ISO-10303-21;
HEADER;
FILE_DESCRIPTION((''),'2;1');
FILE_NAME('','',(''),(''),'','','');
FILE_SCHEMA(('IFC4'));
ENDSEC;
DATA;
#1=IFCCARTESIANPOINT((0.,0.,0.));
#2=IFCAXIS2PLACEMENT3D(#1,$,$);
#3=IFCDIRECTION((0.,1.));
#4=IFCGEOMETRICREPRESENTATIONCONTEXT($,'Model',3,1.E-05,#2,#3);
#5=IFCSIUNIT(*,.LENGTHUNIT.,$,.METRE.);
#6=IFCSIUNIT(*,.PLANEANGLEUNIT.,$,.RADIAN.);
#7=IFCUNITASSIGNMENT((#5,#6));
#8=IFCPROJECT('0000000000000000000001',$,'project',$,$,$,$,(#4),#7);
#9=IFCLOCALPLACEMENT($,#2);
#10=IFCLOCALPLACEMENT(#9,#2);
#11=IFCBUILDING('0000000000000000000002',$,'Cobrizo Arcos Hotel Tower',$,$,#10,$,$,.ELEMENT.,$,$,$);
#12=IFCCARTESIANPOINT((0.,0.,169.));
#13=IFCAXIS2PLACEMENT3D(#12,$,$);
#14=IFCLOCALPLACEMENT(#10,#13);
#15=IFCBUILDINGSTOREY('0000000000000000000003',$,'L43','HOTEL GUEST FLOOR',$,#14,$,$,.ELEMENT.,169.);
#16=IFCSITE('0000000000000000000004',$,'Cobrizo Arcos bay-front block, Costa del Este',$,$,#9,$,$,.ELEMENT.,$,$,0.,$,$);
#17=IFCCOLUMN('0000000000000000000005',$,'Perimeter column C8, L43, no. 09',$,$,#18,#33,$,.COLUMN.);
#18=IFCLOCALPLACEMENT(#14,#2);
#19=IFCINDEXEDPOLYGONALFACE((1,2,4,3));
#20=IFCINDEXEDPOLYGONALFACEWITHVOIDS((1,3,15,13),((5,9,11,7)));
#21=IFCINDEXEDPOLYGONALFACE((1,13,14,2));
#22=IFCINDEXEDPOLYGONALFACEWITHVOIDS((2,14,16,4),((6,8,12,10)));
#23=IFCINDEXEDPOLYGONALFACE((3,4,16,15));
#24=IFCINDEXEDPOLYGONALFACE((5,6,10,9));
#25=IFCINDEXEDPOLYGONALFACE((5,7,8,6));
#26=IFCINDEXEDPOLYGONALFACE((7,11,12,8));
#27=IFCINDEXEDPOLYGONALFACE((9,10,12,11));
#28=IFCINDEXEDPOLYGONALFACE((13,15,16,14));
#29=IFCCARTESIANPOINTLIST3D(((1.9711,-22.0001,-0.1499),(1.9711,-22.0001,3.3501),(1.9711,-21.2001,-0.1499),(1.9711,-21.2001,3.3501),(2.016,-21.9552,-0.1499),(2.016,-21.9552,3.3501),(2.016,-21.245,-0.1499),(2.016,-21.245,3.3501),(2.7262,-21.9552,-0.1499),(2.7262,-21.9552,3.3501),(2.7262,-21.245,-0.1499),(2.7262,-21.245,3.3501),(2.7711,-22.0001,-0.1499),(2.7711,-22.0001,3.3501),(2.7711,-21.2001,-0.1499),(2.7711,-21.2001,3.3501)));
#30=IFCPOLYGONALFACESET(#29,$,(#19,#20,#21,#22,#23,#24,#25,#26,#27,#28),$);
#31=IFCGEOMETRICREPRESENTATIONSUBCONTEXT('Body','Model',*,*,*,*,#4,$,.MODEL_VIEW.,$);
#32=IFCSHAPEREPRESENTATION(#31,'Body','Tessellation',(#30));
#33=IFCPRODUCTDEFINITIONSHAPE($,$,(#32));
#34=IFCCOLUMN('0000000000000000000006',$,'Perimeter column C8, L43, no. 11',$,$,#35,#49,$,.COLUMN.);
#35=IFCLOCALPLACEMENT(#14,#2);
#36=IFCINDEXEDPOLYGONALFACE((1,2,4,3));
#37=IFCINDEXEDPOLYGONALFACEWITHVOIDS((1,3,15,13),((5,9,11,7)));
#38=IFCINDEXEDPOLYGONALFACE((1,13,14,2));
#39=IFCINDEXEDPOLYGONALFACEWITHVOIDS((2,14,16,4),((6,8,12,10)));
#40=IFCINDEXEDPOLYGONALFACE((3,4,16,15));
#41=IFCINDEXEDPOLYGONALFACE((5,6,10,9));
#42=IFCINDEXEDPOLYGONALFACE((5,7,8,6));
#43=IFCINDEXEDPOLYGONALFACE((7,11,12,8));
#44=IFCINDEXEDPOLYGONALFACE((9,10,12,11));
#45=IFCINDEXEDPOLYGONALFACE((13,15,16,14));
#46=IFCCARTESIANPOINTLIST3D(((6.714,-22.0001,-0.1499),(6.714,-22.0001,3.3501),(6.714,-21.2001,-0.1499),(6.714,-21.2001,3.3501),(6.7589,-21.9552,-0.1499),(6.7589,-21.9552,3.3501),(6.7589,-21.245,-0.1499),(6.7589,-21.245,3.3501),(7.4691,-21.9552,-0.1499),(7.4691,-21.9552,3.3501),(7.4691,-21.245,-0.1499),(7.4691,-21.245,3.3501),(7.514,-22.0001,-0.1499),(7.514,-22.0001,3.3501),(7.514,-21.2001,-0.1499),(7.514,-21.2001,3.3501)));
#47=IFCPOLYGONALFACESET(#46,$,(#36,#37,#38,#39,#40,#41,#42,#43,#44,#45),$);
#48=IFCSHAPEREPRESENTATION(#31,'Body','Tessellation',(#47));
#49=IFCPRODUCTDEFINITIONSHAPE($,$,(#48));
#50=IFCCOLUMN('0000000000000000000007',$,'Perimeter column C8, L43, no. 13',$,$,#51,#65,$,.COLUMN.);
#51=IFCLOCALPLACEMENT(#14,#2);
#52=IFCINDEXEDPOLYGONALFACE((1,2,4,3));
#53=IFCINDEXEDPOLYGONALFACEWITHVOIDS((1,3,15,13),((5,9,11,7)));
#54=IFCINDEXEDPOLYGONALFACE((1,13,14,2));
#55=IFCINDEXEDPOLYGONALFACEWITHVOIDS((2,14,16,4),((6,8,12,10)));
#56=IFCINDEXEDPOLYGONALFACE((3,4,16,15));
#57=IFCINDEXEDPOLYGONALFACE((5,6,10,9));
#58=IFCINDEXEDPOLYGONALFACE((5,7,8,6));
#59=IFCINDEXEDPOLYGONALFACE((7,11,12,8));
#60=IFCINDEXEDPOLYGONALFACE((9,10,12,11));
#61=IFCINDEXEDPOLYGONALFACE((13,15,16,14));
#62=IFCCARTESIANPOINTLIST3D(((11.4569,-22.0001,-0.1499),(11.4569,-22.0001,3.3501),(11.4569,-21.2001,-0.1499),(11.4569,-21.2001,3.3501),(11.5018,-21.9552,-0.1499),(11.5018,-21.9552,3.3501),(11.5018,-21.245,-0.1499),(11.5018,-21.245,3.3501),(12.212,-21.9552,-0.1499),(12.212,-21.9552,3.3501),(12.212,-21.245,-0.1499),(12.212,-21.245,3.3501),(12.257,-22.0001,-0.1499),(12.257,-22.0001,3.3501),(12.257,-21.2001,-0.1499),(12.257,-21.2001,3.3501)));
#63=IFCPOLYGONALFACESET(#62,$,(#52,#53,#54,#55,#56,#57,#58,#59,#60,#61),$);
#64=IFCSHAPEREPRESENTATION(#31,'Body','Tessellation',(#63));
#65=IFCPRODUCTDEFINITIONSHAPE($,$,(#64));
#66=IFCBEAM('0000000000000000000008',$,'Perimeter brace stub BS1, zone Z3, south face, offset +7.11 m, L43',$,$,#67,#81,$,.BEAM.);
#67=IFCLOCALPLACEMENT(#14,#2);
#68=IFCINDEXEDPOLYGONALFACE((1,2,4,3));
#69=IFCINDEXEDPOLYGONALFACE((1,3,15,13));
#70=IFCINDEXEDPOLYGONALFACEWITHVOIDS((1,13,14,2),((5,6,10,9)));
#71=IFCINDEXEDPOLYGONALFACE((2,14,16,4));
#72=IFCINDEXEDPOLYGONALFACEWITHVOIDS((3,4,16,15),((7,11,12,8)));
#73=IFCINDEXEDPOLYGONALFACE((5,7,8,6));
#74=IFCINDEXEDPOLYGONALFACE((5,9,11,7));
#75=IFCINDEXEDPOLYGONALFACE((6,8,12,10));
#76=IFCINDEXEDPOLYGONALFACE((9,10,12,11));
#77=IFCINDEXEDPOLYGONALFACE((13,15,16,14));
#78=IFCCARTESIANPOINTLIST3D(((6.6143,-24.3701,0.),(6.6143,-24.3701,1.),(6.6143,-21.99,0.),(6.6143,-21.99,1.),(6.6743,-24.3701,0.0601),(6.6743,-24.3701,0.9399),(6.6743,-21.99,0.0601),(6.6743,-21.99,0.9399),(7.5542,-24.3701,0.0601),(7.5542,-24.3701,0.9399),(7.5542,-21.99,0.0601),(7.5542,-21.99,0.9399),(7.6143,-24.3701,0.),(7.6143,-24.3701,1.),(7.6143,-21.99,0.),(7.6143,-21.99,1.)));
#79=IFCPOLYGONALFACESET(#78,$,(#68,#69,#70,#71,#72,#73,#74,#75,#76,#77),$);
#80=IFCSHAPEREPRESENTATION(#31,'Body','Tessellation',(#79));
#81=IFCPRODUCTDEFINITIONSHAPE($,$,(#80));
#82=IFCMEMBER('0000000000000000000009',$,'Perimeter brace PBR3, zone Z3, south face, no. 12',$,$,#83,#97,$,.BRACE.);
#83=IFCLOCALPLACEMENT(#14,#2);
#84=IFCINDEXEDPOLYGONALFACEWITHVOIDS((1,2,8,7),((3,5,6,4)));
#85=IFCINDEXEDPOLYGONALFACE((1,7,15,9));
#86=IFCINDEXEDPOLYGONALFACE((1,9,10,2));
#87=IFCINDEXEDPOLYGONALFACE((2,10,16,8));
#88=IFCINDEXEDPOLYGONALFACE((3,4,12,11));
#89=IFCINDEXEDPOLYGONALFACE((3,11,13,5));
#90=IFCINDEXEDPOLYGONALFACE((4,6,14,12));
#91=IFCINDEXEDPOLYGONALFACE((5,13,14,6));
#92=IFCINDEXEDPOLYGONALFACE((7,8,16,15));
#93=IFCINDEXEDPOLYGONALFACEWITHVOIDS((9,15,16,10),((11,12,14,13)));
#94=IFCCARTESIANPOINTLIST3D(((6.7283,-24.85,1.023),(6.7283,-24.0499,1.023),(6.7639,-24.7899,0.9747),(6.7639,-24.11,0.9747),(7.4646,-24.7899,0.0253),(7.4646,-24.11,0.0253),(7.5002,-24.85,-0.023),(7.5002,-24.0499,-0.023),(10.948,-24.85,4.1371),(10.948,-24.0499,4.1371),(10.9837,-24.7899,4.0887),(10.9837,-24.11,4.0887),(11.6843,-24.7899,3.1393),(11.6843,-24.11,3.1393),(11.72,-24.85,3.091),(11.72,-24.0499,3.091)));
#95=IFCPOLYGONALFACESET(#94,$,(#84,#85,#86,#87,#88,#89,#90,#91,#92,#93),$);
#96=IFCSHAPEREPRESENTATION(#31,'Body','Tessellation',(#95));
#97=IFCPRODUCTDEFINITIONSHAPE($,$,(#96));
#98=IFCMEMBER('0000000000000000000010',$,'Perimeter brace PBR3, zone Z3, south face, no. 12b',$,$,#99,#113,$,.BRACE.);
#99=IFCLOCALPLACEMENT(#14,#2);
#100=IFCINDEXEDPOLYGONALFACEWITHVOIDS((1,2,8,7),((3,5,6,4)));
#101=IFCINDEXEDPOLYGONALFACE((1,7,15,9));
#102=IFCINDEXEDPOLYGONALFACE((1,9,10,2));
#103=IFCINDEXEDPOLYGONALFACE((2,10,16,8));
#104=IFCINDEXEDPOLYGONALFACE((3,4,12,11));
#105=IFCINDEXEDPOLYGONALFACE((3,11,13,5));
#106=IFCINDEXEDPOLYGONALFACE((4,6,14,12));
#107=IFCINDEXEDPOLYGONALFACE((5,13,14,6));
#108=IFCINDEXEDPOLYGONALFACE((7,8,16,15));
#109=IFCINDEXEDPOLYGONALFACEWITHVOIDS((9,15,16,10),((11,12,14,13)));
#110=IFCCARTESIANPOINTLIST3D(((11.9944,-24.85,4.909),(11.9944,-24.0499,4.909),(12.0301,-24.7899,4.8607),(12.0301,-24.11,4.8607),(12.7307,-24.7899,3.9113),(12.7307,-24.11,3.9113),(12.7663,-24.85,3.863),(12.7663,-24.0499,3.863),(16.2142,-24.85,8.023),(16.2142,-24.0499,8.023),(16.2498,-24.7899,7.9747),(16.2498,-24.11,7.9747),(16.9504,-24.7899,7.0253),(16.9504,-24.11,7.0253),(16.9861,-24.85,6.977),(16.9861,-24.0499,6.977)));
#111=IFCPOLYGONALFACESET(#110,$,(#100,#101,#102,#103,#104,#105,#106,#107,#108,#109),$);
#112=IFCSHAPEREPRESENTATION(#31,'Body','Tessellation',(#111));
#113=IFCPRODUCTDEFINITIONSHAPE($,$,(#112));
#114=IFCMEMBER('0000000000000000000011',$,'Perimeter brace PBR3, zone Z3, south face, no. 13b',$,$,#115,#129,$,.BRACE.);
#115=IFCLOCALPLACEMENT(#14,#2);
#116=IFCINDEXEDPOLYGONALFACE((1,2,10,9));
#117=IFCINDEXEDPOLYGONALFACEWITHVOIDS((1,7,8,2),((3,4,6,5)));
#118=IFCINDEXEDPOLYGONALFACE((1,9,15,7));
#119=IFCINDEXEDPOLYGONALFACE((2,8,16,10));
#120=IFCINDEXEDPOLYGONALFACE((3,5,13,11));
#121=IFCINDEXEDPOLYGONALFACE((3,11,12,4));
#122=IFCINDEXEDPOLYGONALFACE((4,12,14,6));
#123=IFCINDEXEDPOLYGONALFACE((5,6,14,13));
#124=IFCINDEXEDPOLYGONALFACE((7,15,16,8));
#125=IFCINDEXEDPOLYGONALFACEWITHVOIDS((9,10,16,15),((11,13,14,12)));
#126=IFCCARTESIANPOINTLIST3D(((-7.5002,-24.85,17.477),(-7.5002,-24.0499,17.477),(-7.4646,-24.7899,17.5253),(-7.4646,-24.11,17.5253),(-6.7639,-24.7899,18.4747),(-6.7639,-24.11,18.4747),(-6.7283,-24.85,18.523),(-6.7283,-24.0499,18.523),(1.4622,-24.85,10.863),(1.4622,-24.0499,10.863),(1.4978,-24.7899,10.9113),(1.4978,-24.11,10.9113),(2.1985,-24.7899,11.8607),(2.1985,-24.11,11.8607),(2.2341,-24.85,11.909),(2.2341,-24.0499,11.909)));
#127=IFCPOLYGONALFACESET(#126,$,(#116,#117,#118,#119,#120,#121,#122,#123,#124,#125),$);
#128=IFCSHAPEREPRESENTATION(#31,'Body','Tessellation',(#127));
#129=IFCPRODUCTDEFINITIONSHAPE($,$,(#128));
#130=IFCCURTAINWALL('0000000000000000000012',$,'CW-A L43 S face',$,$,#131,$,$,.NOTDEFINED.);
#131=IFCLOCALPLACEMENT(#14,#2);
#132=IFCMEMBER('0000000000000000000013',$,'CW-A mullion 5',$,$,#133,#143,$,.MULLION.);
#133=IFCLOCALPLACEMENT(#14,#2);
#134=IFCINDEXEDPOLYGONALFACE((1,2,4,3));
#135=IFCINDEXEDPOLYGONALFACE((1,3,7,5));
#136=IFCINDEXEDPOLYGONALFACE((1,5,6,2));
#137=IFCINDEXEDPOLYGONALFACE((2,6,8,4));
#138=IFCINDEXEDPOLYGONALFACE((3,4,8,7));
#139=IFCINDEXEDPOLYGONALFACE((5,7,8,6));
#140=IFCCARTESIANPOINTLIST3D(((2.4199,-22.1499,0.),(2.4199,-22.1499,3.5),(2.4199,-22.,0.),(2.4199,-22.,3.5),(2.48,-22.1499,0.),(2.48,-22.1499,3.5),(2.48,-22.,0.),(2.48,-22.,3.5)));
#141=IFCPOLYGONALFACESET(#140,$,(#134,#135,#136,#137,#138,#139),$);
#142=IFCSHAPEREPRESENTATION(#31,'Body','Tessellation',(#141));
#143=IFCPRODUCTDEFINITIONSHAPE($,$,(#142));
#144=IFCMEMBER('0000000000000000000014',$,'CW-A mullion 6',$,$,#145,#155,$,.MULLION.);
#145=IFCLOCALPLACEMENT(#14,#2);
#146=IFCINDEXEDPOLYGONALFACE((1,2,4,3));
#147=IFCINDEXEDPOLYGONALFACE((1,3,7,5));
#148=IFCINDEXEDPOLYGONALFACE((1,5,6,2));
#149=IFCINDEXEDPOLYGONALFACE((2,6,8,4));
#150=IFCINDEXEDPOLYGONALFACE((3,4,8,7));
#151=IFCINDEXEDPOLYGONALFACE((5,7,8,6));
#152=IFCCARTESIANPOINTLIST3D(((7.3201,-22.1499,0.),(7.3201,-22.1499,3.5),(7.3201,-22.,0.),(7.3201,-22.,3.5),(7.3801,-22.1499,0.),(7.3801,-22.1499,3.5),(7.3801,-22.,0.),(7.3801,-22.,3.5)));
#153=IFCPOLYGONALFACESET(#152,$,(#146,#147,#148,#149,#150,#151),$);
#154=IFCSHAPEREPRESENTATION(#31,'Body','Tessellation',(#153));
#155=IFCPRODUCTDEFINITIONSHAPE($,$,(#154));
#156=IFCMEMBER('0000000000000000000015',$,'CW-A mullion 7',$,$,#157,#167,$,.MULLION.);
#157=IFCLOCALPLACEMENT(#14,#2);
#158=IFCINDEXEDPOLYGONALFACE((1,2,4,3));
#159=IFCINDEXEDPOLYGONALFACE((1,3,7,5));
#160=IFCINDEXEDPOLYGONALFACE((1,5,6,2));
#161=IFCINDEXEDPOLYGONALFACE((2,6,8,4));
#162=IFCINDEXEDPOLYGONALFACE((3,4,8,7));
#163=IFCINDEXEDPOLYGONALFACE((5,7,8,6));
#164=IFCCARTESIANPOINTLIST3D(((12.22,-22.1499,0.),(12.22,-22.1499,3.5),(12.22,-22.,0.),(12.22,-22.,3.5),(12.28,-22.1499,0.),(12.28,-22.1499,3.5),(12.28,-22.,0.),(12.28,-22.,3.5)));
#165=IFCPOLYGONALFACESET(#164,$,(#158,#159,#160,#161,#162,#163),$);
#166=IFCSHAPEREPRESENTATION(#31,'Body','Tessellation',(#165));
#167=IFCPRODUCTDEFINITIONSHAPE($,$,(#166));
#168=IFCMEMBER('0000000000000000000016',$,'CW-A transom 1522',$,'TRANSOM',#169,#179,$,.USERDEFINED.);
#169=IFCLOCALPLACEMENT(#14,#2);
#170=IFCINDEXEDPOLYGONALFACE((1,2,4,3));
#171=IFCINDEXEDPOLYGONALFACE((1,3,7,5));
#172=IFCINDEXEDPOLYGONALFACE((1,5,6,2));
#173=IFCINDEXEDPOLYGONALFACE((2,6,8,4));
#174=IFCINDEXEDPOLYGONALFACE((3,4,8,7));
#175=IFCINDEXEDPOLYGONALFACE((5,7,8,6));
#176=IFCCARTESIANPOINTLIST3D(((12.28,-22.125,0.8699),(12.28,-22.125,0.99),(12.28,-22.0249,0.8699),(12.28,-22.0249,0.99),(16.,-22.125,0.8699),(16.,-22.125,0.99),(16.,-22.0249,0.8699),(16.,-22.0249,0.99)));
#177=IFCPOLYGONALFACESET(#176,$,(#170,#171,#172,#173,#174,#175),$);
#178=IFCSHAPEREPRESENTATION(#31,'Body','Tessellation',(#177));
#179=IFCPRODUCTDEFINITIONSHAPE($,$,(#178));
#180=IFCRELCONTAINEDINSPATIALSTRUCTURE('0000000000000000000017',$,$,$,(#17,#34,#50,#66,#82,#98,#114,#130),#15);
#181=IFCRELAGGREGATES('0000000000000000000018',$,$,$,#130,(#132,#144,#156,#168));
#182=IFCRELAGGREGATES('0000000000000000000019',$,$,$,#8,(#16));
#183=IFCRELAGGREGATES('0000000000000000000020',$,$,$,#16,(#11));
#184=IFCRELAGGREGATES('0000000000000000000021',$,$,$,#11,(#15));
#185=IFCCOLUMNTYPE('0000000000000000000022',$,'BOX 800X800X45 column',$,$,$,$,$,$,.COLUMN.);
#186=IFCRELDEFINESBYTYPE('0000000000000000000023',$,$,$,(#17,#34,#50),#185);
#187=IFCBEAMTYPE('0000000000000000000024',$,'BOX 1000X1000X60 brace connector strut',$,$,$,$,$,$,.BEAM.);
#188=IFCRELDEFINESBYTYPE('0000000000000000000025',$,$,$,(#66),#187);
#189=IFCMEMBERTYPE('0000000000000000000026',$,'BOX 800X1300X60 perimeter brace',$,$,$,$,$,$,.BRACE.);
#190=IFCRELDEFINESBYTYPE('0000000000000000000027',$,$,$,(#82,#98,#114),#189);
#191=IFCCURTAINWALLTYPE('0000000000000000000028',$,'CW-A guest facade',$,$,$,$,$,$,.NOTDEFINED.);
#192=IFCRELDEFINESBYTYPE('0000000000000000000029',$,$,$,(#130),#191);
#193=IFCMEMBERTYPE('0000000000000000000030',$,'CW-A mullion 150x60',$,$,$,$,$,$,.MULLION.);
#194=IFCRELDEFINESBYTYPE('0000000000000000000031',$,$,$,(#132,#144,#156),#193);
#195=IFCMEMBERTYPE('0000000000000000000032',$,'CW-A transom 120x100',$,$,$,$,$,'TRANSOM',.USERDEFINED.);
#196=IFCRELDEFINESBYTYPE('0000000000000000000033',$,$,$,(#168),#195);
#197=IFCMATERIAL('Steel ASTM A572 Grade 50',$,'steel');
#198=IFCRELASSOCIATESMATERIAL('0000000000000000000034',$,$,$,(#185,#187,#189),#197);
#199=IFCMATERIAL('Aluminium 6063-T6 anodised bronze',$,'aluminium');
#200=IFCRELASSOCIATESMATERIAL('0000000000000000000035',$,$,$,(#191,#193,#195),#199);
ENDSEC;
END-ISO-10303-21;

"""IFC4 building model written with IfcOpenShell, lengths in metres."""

from ifc_helpers import new_model, si_unit, direction, frame, origin, origin_2d, place, context, subcontext, project, spatial, rectangle, hollow_rectangle, extrude, material, material_profile, profile_set, type_object, element, aggregate, save


model = new_model("IFC4")

# Units and contexts
model_context = context("Model", 3, precision=1e-05, world=origin(), true_north=direction((0.0, 1.0)))
body_context = subcontext(model_context, "Body", "Model", "MODEL_VIEW")
ifc_project = project(units=[si_unit("LENGTHUNIT", "METRE"), si_unit("PLANEANGLEUNIT", "RADIAN")], contexts=[model_context])

# Site, building, storey
site_placement = place(None, origin())
site = spatial("IfcSite", under=ifc_project, at=site_placement, Name="Cobrizo Arcos bay-front block, Costa del Este", CompositionType="ELEMENT", RefElevation=0.0)
building_placement = place(site_placement, origin())
building = spatial("IfcBuilding", under=site, at=building_placement, Name="Cobrizo Arcos Hotel Tower", CompositionType="ELEMENT")
storey_placement = place(building_placement, frame((0.0, 0.0, 169.0)))
storey = spatial("IfcBuildingStorey", under=building, at=storey_placement, Name="L43", Description="HOTEL GUEST FLOOR", CompositionType="ELEMENT", Elevation=169.0)

# Columns
ifc_material_1 = material(Name="Steel ASTM A572 Grade 50", Category="steel")
ifc_material_profile_1 = material_profile(ifc_material_1, hollow_rectangle(XDim=0.8, YDim=0.8, WallThickness=0.0449, at=origin_2d()), Name="BOX 800X800X45")
ifc_profile_set_1 = profile_set([ifc_material_profile_1], Name="Steel ASTM A572 Grade 50")
column_type = type_object("IfcColumnType", Name="BOX 800X800X45 column", PredefinedType="COLUMN", material=ifc_profile_set_1)
for number, where, z_axis, x_axis, name in (
    (1, (2.3711, -21.6001, -0.1499), (0.0, 0.0, 1.0), (1.0, 0.0, 0.0), "Perimeter column C8, L43, no. 09"),
    (2, (7.114, -21.6001, -0.1499), (0.0, 0.0, 1.0), (1.0, 0.0, 0.0), "Perimeter column C8, L43, no. 11"),
    (3, (11.8569, -21.6001, -0.1499), (0.0, 0.0, 1.0), (1.0, 0.0, 0.0), "Perimeter column C8, L43, no. 13"),
):
    element("IfcColumn", number, at=place(storey_placement, frame(where, z_axis=z_axis, x_axis=x_axis)), inside=storey, type_object=column_type, Name=name, PredefinedType="COLUMN", context=body_context, shape_type="SweptSolid", body=[
        extrude(hollow_rectangle(XDim=0.8, YDim=0.8, WallThickness=0.0449, at=origin_2d()), origin(), (0.0, 0.0, 1.0), 3.5),
    ])

# Beam
ifc_material_profile_2 = material_profile(ifc_material_1, hollow_rectangle(XDim=1.0, YDim=1.0, WallThickness=0.0601, at=origin_2d()), Name="BOX 1000X1000X60")
ifc_profile_set_2 = profile_set([ifc_material_profile_2], Name="Steel ASTM A572 Grade 50")
beam_type_1 = type_object("IfcBeamType", Name="BOX 1000X1000X60 brace connector strut", PredefinedType="BEAM", material=ifc_profile_set_2)
beam_placement = place(storey_placement, frame((7.1143, -21.99, 0.5), z_axis=(0.0, -1.0, 0.0), x_axis=(1.0, 0.0, 0.0)))
element("IfcBeam", 4, at=beam_placement, inside=storey, type_object=beam_type_1, Name="Perimeter brace stub BS1, zone Z3, south face, offset +7.11 m, L43", PredefinedType="BEAM", context=body_context, shape_type="SweptSolid", body=[
    extrude(hollow_rectangle(XDim=1.0, YDim=1.0, WallThickness=0.0601, at=origin_2d()), origin(), (0.0, 0.0, 1.0), 2.3801),
])

# Members
ifc_material_profile_3 = material_profile(ifc_material_1, hollow_rectangle(XDim=0.8, YDim=1.3, WallThickness=0.0601, at=origin_2d()), Name="BOX 800X1300X60")
ifc_profile_set_3 = profile_set([ifc_material_profile_3], Name="Steel ASTM A572 Grade 50")
member_type_1 = type_object("IfcMemberType", Name="BOX 800X1300X60 perimeter brace", PredefinedType="BRACE", material=ifc_profile_set_3)
for number, where, z_axis, x_axis, name in (
    (5, (7.1143, -24.45, 0.5), (0.804624, 0.0, 0.593785), (0.0, 1.0, 0.0), "Perimeter brace PBR3, zone Z3, south face, no. 12"),
    (6, (12.3804, -24.45, 4.386), (0.804624, 0.0, 0.593785), (0.0, 1.0, 0.0), "Perimeter brace PBR3, zone Z3, south face, no. 12b"),
):
    element("IfcMember", number, at=place(storey_placement, frame(where, z_axis=z_axis, x_axis=x_axis)), inside=storey, type_object=member_type_1, Name=name, PredefinedType="BRACE", context=body_context, shape_type="SweptSolid", body=[
        extrude(hollow_rectangle(XDim=0.8, YDim=1.3, WallThickness=0.0601, at=origin_2d()), origin(), (0.0, 0.0, 1.0), 5.2444),
    ])
member_1_placement = place(storey_placement, frame((1.8481, -24.45, 11.386), z_axis=(-0.804621, 0.0, 0.593789), x_axis=(0.0, -1.0, 0.0)))
element("IfcMember", 7, at=member_1_placement, inside=storey, type_object=member_type_1, Name="Perimeter brace PBR3, zone Z3, south face, no. 13b", PredefinedType="BRACE", context=body_context, shape_type="SweptSolid", body=[
    extrude(hollow_rectangle(XDim=0.8, YDim=1.3, WallThickness=0.0601, at=origin_2d()), origin(), (0.0, 0.0, 1.0), 11.1387),
])

# Curtain wall, members
ifc_material_2 = material(Name="Aluminium 6063-T6 anodised bronze", Category="aluminium")
curtain_wall_type = type_object("IfcCurtainWallType", Name="CW-A guest facade", PredefinedType="NOTDEFINED", material=ifc_material_2)
curtain_wall_placement = place(storey_placement, origin())
curtain_wall = element("IfcCurtainWall", 8, at=curtain_wall_placement, inside=storey, type_object=curtain_wall_type, Name="CW-A L43 S face", PredefinedType="NOTDEFINED")
ifc_material_profile_4 = material_profile(ifc_material_2, rectangle(XDim=0.1499, YDim=0.0601, at=origin_2d()), Name="CW-A mullion 150x60")
ifc_profile_set_4 = profile_set([ifc_material_profile_4], Name="Aluminium 6063-T6 anodised bronze")
member_type_2 = type_object("IfcMemberType", Name="CW-A mullion 150x60", PredefinedType="MULLION", material=ifc_profile_set_4)
member_2_placement = place(storey_placement, frame((2.45, -22.075, 0.0), z_axis=(0.0, 0.0, 1.0), x_axis=(0.0, -1.0, 0.0)))
member_2 = element("IfcMember", 9, at=member_2_placement, type_object=member_type_2, Name="CW-A mullion 5", PredefinedType="MULLION", context=body_context, shape_type="SweptSolid", body=[
    extrude(rectangle(XDim=0.1499, YDim=0.0601, at=origin_2d()), origin(), (0.0, 0.0, 1.0), 3.5),
])
member_3_placement = place(storey_placement, frame((7.3501, -22.075, 0.0), z_axis=(0.0, 0.0, 1.0), x_axis=(0.0, -1.0, 0.0)))
member_3 = element("IfcMember", 10, at=member_3_placement, type_object=member_type_2, Name="CW-A mullion 6", PredefinedType="MULLION", context=body_context, shape_type="SweptSolid", body=[
    extrude(rectangle(XDim=0.1499, YDim=0.0601, at=origin_2d()), origin(), (0.0, 0.0, 1.0), 3.5),
])
member_4_placement = place(storey_placement, frame((12.25, -22.075, 0.0), z_axis=(0.0, 0.0, 1.0), x_axis=(0.0, -1.0, 0.0)))
member_4 = element("IfcMember", 11, at=member_4_placement, type_object=member_type_2, Name="CW-A mullion 7", PredefinedType="MULLION", context=body_context, shape_type="SweptSolid", body=[
    extrude(rectangle(XDim=0.1499, YDim=0.0601, at=origin_2d()), origin(), (0.0, 0.0, 1.0), 3.5),
])
ifc_material_profile_5 = material_profile(ifc_material_2, rectangle(XDim=0.1001, YDim=0.1201, at=origin_2d()), Name="CW-A transom 120x100")
ifc_profile_set_5 = profile_set([ifc_material_profile_5], Name="Aluminium 6063-T6 anodised bronze")
member_type_3 = type_object("IfcMemberType", Name="CW-A transom 120x100", ElementType="TRANSOM", PredefinedType="USERDEFINED", material=ifc_profile_set_5)
member_5_placement = place(storey_placement, frame((12.28, -22.075, 0.9299), z_axis=(1.0, 0.0, 0.0), x_axis=(0.0, 1.0, 0.0)))
member_5 = element("IfcMember", 12, at=member_5_placement, type_object=member_type_3, Name="CW-A transom 1522", ObjectType="TRANSOM", PredefinedType="USERDEFINED", context=body_context, shape_type="SweptSolid", body=[
    extrude(rectangle(XDim=0.1001, YDim=0.1201, at=origin_2d()), origin(), (0.0, 0.0, 1.0), 3.72),
])

aggregate(curtain_wall, [member_2, member_3, member_4, member_5])

save(model, "model.ifc")
